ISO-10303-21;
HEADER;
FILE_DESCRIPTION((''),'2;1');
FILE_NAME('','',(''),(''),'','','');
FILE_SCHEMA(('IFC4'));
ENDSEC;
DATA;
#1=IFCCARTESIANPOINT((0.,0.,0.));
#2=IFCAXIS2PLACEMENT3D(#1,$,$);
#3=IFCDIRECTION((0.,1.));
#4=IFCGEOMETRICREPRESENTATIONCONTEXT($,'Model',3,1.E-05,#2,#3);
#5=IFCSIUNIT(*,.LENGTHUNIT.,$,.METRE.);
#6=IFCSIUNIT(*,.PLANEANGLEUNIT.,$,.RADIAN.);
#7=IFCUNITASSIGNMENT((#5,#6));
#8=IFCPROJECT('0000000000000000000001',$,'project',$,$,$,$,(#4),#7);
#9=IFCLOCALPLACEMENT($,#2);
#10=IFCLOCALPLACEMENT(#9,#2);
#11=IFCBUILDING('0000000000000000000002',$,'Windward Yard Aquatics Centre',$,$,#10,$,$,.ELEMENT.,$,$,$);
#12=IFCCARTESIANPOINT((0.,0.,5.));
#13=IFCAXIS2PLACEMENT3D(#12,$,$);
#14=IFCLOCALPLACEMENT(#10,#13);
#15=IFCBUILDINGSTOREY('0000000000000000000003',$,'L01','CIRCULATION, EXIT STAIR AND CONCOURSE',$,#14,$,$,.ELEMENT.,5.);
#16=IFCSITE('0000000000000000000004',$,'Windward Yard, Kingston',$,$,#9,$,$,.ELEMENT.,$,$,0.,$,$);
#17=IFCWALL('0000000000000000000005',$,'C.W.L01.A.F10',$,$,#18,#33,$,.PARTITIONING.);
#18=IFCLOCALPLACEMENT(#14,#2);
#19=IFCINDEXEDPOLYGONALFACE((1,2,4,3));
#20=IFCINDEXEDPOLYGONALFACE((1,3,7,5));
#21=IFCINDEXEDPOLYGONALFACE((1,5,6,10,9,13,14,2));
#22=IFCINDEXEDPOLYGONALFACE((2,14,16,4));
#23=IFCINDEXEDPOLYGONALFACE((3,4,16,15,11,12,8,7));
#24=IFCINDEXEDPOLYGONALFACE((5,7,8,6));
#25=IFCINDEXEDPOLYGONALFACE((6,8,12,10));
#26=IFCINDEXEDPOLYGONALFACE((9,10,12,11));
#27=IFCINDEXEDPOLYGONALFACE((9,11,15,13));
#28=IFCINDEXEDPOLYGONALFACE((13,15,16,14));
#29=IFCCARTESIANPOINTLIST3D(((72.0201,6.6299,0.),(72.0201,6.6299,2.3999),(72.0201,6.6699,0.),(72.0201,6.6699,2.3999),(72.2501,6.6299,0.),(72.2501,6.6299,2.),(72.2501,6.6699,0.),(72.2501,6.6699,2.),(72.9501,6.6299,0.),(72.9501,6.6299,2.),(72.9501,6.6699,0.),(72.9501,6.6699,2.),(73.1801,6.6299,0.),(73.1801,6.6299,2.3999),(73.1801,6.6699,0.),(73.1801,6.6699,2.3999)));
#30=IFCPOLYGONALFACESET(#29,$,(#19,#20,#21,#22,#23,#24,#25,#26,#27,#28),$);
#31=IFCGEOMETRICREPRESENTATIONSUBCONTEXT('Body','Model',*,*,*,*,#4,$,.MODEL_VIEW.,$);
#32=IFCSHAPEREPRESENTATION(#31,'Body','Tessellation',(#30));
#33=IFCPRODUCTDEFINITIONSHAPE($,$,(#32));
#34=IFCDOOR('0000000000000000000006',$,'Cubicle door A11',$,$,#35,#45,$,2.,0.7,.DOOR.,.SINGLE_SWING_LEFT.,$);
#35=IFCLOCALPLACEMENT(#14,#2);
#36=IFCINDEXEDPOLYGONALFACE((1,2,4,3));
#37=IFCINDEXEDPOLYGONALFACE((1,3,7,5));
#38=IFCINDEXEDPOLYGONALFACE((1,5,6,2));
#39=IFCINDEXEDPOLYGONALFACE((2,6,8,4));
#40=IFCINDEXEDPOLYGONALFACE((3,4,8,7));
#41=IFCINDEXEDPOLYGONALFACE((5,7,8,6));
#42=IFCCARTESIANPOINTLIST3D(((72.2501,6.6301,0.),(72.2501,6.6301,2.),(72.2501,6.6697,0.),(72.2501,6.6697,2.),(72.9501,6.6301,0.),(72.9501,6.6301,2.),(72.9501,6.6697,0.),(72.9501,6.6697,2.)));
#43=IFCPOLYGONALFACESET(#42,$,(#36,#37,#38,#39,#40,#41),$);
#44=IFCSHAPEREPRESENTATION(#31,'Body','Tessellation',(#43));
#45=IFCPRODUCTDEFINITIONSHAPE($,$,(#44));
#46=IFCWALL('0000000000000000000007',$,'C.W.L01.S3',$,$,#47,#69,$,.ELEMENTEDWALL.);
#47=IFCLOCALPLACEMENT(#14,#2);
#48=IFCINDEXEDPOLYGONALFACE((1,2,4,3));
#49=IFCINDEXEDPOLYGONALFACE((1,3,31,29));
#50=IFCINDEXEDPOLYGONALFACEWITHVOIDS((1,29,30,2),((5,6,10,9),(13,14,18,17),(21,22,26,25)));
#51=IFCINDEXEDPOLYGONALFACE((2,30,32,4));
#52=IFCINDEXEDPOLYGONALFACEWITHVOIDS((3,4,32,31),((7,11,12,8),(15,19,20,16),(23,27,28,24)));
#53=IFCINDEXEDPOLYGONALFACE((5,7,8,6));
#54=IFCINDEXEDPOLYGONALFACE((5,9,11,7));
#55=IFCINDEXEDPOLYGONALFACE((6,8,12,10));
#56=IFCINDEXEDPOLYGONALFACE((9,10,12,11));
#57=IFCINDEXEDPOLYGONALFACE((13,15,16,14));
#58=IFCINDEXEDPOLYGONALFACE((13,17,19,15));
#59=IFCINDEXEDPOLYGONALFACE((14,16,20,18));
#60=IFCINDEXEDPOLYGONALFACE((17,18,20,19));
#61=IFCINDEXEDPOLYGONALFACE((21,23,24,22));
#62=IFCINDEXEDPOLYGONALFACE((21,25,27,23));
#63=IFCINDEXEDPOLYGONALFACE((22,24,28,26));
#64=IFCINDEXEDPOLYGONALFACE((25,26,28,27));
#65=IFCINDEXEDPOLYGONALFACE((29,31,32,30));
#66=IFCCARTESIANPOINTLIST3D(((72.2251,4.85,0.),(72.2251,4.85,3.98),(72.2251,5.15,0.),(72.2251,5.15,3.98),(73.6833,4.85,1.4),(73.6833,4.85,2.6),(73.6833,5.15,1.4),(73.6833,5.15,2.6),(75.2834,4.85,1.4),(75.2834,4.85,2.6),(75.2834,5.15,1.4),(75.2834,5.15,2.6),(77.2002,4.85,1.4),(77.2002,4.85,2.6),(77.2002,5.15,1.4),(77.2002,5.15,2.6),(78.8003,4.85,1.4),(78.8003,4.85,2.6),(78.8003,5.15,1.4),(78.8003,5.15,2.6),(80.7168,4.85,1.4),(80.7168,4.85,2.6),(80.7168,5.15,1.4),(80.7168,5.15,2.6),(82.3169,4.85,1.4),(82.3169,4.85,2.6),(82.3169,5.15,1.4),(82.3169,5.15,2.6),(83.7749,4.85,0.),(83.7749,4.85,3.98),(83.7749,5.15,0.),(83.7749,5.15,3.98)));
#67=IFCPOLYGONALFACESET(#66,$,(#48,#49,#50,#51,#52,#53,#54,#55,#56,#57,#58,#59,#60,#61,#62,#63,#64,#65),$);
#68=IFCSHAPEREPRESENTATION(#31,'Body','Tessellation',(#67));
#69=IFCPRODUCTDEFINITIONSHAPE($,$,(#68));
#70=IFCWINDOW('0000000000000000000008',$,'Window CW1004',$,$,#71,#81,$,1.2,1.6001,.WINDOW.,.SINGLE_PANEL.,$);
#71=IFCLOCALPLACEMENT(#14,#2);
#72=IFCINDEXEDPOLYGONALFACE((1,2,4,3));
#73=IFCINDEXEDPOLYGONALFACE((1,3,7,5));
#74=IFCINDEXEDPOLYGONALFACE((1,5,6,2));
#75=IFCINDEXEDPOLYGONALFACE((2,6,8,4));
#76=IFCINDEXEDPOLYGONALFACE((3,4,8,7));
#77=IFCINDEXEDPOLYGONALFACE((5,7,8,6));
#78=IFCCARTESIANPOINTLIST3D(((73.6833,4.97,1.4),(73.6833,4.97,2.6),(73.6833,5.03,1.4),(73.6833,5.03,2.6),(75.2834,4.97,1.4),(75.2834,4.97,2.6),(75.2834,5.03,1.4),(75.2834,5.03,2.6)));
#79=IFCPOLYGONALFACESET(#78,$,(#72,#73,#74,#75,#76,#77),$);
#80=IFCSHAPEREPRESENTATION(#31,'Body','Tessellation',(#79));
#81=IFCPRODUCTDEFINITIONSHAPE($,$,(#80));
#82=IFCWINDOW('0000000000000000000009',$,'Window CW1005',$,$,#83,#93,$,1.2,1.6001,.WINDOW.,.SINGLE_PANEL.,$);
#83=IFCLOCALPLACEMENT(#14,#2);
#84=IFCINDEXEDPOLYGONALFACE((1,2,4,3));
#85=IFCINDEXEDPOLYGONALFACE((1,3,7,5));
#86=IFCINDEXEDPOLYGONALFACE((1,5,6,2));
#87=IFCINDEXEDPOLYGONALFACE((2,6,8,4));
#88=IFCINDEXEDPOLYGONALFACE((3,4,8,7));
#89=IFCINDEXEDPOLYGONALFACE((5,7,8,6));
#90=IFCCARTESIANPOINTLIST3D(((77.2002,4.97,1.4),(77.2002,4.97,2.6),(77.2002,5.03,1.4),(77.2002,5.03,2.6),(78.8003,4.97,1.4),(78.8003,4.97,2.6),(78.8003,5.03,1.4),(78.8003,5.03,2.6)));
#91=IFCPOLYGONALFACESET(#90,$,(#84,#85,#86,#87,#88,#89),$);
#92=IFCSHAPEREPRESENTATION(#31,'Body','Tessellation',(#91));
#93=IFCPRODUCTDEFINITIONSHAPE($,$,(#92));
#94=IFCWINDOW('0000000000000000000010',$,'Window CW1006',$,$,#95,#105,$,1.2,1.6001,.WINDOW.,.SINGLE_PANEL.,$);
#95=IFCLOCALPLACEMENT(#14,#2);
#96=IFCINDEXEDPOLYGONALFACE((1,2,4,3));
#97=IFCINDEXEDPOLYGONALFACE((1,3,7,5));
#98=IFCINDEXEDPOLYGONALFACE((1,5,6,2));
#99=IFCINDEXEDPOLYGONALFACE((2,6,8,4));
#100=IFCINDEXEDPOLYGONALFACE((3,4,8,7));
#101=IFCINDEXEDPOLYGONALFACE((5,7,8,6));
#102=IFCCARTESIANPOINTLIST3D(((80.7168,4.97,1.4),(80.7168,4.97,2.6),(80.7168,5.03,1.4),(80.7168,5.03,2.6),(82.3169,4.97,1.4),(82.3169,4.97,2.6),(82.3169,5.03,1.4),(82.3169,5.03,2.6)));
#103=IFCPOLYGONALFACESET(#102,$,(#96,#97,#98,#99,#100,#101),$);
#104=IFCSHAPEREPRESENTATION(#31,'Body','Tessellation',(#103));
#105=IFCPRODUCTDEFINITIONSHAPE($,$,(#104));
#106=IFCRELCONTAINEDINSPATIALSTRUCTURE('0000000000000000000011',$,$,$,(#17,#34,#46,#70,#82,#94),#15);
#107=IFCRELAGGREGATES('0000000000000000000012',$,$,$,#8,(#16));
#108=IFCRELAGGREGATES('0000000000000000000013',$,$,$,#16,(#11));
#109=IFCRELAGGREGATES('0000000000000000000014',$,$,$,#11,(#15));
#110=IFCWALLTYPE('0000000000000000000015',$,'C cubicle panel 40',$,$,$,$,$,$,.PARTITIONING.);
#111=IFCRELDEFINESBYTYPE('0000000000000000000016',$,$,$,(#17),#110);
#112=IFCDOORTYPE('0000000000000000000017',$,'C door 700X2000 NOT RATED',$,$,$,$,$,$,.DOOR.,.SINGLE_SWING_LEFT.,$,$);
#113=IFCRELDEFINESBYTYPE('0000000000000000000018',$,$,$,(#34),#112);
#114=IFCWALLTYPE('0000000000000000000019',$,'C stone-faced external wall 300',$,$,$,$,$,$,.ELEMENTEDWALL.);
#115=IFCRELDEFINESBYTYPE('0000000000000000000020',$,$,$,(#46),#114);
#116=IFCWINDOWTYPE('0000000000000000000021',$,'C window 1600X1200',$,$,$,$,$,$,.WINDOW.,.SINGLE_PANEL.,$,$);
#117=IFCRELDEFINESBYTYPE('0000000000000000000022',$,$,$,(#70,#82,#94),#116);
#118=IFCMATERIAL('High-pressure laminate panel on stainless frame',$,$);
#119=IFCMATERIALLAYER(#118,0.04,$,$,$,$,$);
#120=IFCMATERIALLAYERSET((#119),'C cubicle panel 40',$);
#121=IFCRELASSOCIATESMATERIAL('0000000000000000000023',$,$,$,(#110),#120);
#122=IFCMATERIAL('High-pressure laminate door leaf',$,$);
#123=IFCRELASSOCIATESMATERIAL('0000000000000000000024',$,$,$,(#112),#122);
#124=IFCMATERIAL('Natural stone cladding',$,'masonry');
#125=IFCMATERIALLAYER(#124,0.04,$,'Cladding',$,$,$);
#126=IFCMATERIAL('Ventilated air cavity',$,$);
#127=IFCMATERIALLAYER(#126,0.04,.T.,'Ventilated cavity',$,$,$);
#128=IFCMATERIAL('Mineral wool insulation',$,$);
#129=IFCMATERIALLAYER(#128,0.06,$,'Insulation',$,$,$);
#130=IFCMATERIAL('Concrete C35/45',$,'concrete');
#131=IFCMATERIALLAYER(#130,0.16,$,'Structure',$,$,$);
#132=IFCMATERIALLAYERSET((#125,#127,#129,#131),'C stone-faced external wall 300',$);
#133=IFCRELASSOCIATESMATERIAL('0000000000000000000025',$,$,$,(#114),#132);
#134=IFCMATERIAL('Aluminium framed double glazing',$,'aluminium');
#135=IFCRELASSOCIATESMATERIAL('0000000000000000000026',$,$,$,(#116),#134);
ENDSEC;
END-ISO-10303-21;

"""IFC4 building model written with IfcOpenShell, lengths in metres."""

from ifc_helpers import new_model, si_unit, direction, frame, frame_2d, origin, place, context, subcontext, project, spatial, rectangle, extrude, material, layer, layer_set, type_object, element, fill, save


model = new_model("IFC4")

# Units and contexts
model_context = context("Model", 3, precision=1e-05, world=origin(), true_north=direction((0.0, 1.0)))
body_context = subcontext(model_context, "Body", "Model", "MODEL_VIEW")
ifc_project = project(units=[si_unit("LENGTHUNIT", "METRE"), si_unit("PLANEANGLEUNIT", "RADIAN")], contexts=[model_context])

# Site, building, storey
site_placement = place(None, origin())
site = spatial("IfcSite", under=ifc_project, at=site_placement, Name="Windward Yard, Kingston", CompositionType="ELEMENT", RefElevation=0.0)
building_placement = place(site_placement, origin())
building = spatial("IfcBuilding", under=site, at=building_placement, Name="Windward Yard Aquatics Centre", CompositionType="ELEMENT")
storey_placement = place(building_placement, frame((0.0, 0.0, 5.0)))
storey = spatial("IfcBuildingStorey", under=building, at=storey_placement, Name="L01", Description="CIRCULATION, EXIT STAIR AND CONCOURSE", CompositionType="ELEMENT", Elevation=5.0)

# Shared definitions
ifc_material_1 = material(Name="Concrete C35/45", Category="concrete")

# Shared definitions
ifc_material_2 = material(Name="High-pressure laminate panel on stainless frame")
ifc_layer_1 = layer(ifc_material_2, 0.04)
ifc_layer_set_1 = layer_set([ifc_layer_1], Name="C cubicle panel 40")
wall_type_1 = type_object("IfcWallType", Name="C cubicle panel 40", PredefinedType="PARTITIONING", material=ifc_layer_set_1)

# Wall, opening, door
ifc_material_3 = material(Name="High-pressure laminate door leaf")
door_type = type_object("IfcDoorType", Name="C door 700X2000 NOT RATED", OperationType="SINGLE_SWING_LEFT", PredefinedType="DOOR", material=ifc_material_3)
wall_1_placement = place(storey_placement, frame((72.02, 6.6499, 0.0), z_axis=(0.0, 0.0, 1.0), x_axis=(1.0, 0.0, 0.0)))
wall_1 = element("IfcWall", 1, at=wall_1_placement, inside=storey, type_object=wall_type_1, Name="C.W.L01.A.F10", PredefinedType="PARTITIONING", context=body_context, shape_type="SweptSolid", body=[
    extrude(rectangle(XDim=1.1599, YDim=0.04, at=frame_2d((0.5801, 0.0))), origin(), (0.0, 0.0, 1.0), 2.3999),
])
opening_1_placement = place(wall_1_placement, frame((0.23, 0.0, 0.0)))
opening_1 = element("IfcOpeningElement", 2, at=opening_1_placement, cuts=wall_1, PredefinedType="OPENING", context=body_context, shape_type="SweptSolid", body=[
    extrude(rectangle(XDim=0.7, YDim=2.0, at=frame_2d((0.3501, 1.0))), frame((0.0, 0.03, 0.0), z_axis=(0.0, -1.0, 0.0), x_axis=(1.0, 0.0, 0.0)), (0.0, 0.0, 1.0), 0.0601),
])
door_1_placement = place(opening_1_placement, origin())
door_1 = element("IfcDoor", 3, at=door_1_placement, inside=storey, type_object=door_type, Name="Cubicle door A11", OperationType="SINGLE_SWING_LEFT", OverallHeight=2.0, OverallWidth=0.7, PredefinedType="DOOR", context=body_context, shape_type="SweptSolid", body=[
    extrude(rectangle(XDim=0.7, YDim=2.0, at=frame_2d((0.3501, 1.0))), frame((0.0, 0.0198, 0.0), z_axis=(0.0, -1.0, 0.0), x_axis=(1.0, 0.0, 0.0)), (0.0, 0.0, 1.0), 0.0396),
])
fill(opening_1, door_1)

# Wall, openings, windows
ifc_material_4 = material(Name="Natural stone cladding", Category="masonry")
ifc_layer_2 = layer(ifc_material_4, 0.04, Name="Cladding")
ifc_material_5 = material(Name="Ventilated air cavity")
ifc_layer_3 = layer(ifc_material_5, 0.04, ventilated=True, Name="Ventilated cavity")
ifc_material_6 = material(Name="Mineral wool insulation")
ifc_layer_4 = layer(ifc_material_6, 0.06, Name="Insulation")
ifc_layer_5 = layer(ifc_material_1, 0.16, Name="Structure")
ifc_layer_set_2 = layer_set([ifc_layer_2, ifc_layer_3, ifc_layer_4, ifc_layer_5], Name="C stone-faced external wall 300")
wall_type_2 = type_object("IfcWallType", Name="C stone-faced external wall 300", PredefinedType="ELEMENTEDWALL", material=ifc_layer_set_2)
wall_2_placement = place(storey_placement, frame((72.2251, 5.0, 0.0), z_axis=(0.0, 0.0, 1.0), x_axis=(1.0, 0.0, 0.0)))
wall_2 = element("IfcWall", 4, at=wall_2_placement, inside=storey, type_object=wall_type_2, Name="C.W.L01.S3", PredefinedType="ELEMENTEDWALL", context=body_context, shape_type="SweptSolid", body=[
    extrude(rectangle(XDim=11.5498, YDim=0.3, at=frame_2d((5.7749, 0.0))), origin(), (0.0, 0.0, 1.0), 3.98),
])
opening_2_placement = place(wall_2_placement, frame((1.4583, 0.0, 1.3999)))
opening_2 = element("IfcOpeningElement", 5, at=opening_2_placement, cuts=wall_2, PredefinedType="OPENING", context=body_context, shape_type="SweptSolid", body=[
    extrude(rectangle(XDim=1.6001, YDim=1.2, at=frame_2d((0.8, 0.6001))), frame((0.0, 0.1602, 0.0), z_axis=(0.0, -1.0, 0.0), x_axis=(1.0, 0.0, 0.0)), (0.0, 0.0, 1.0), 0.3201),
])
opening_3_placement = place(wall_2_placement, frame((4.9751, 0.0, 1.3999)))
opening_3 = element("IfcOpeningElement", 6, at=opening_3_placement, cuts=wall_2, PredefinedType="OPENING", context=body_context, shape_type="SweptSolid", body=[
    extrude(rectangle(XDim=1.6001, YDim=1.2, at=frame_2d((0.8, 0.6001))), frame((0.0, 0.1602, 0.0), z_axis=(0.0, -1.0, 0.0), x_axis=(1.0, 0.0, 0.0)), (0.0, 0.0, 1.0), 0.3201),
])
opening_4_placement = place(wall_2_placement, frame((8.4917, 0.0, 1.3999)))
opening_4 = element("IfcOpeningElement", 7, at=opening_4_placement, cuts=wall_2, PredefinedType="OPENING", context=body_context, shape_type="SweptSolid", body=[
    extrude(rectangle(XDim=1.6001, YDim=1.2, at=frame_2d((0.8, 0.6001))), frame((0.0, 0.1602, 0.0), z_axis=(0.0, -1.0, 0.0), x_axis=(1.0, 0.0, 0.0)), (0.0, 0.0, 1.0), 0.3201),
])
ifc_material_7 = material(Name="Aluminium framed double glazing", Category="aluminium")
window_type = type_object("IfcWindowType", Name="C window 1600X1200", PartitioningType="SINGLE_PANEL", PredefinedType="WINDOW", material=ifc_material_7)
window_1_placement = place(opening_2_placement, origin())
window_1 = element("IfcWindow", 8, at=window_1_placement, inside=storey, type_object=window_type, Name="Window CW1004", OverallHeight=1.2, OverallWidth=1.6001, PartitioningType="SINGLE_PANEL", PredefinedType="WINDOW", context=body_context, shape_type="SweptSolid", body=[
    extrude(rectangle(XDim=1.6001, YDim=1.2, at=frame_2d((0.8, 0.6001))), frame((0.0, 0.03, 0.0), z_axis=(0.0, -1.0, 0.0), x_axis=(1.0, 0.0, 0.0)), (0.0, 0.0, 1.0), 0.0601),
])
fill(opening_2, window_1)
window_2_placement = place(opening_3_placement, origin())
window_2 = element("IfcWindow", 9, at=window_2_placement, inside=storey, type_object=window_type, Name="Window CW1005", OverallHeight=1.2, OverallWidth=1.6001, PartitioningType="SINGLE_PANEL", PredefinedType="WINDOW", context=body_context, shape_type="SweptSolid", body=[
    extrude(rectangle(XDim=1.6001, YDim=1.2, at=frame_2d((0.8, 0.6001))), frame((0.0, 0.03, 0.0), z_axis=(0.0, -1.0, 0.0), x_axis=(1.0, 0.0, 0.0)), (0.0, 0.0, 1.0), 0.0601),
])
fill(opening_3, window_2)
window_3_placement = place(opening_4_placement, origin())
window_3 = element("IfcWindow", 10, at=window_3_placement, inside=storey, type_object=window_type, Name="Window CW1006", OverallHeight=1.2, OverallWidth=1.6001, PartitioningType="SINGLE_PANEL", PredefinedType="WINDOW", context=body_context, shape_type="SweptSolid", body=[
    extrude(rectangle(XDim=1.6001, YDim=1.2, at=frame_2d((0.8, 0.6001))), frame((0.0, 0.03, 0.0), z_axis=(0.0, -1.0, 0.0), x_axis=(1.0, 0.0, 0.0)), (0.0, 0.0, 1.0), 0.0601),
])
fill(opening_4, window_3)

save(model, "model.ifc")
